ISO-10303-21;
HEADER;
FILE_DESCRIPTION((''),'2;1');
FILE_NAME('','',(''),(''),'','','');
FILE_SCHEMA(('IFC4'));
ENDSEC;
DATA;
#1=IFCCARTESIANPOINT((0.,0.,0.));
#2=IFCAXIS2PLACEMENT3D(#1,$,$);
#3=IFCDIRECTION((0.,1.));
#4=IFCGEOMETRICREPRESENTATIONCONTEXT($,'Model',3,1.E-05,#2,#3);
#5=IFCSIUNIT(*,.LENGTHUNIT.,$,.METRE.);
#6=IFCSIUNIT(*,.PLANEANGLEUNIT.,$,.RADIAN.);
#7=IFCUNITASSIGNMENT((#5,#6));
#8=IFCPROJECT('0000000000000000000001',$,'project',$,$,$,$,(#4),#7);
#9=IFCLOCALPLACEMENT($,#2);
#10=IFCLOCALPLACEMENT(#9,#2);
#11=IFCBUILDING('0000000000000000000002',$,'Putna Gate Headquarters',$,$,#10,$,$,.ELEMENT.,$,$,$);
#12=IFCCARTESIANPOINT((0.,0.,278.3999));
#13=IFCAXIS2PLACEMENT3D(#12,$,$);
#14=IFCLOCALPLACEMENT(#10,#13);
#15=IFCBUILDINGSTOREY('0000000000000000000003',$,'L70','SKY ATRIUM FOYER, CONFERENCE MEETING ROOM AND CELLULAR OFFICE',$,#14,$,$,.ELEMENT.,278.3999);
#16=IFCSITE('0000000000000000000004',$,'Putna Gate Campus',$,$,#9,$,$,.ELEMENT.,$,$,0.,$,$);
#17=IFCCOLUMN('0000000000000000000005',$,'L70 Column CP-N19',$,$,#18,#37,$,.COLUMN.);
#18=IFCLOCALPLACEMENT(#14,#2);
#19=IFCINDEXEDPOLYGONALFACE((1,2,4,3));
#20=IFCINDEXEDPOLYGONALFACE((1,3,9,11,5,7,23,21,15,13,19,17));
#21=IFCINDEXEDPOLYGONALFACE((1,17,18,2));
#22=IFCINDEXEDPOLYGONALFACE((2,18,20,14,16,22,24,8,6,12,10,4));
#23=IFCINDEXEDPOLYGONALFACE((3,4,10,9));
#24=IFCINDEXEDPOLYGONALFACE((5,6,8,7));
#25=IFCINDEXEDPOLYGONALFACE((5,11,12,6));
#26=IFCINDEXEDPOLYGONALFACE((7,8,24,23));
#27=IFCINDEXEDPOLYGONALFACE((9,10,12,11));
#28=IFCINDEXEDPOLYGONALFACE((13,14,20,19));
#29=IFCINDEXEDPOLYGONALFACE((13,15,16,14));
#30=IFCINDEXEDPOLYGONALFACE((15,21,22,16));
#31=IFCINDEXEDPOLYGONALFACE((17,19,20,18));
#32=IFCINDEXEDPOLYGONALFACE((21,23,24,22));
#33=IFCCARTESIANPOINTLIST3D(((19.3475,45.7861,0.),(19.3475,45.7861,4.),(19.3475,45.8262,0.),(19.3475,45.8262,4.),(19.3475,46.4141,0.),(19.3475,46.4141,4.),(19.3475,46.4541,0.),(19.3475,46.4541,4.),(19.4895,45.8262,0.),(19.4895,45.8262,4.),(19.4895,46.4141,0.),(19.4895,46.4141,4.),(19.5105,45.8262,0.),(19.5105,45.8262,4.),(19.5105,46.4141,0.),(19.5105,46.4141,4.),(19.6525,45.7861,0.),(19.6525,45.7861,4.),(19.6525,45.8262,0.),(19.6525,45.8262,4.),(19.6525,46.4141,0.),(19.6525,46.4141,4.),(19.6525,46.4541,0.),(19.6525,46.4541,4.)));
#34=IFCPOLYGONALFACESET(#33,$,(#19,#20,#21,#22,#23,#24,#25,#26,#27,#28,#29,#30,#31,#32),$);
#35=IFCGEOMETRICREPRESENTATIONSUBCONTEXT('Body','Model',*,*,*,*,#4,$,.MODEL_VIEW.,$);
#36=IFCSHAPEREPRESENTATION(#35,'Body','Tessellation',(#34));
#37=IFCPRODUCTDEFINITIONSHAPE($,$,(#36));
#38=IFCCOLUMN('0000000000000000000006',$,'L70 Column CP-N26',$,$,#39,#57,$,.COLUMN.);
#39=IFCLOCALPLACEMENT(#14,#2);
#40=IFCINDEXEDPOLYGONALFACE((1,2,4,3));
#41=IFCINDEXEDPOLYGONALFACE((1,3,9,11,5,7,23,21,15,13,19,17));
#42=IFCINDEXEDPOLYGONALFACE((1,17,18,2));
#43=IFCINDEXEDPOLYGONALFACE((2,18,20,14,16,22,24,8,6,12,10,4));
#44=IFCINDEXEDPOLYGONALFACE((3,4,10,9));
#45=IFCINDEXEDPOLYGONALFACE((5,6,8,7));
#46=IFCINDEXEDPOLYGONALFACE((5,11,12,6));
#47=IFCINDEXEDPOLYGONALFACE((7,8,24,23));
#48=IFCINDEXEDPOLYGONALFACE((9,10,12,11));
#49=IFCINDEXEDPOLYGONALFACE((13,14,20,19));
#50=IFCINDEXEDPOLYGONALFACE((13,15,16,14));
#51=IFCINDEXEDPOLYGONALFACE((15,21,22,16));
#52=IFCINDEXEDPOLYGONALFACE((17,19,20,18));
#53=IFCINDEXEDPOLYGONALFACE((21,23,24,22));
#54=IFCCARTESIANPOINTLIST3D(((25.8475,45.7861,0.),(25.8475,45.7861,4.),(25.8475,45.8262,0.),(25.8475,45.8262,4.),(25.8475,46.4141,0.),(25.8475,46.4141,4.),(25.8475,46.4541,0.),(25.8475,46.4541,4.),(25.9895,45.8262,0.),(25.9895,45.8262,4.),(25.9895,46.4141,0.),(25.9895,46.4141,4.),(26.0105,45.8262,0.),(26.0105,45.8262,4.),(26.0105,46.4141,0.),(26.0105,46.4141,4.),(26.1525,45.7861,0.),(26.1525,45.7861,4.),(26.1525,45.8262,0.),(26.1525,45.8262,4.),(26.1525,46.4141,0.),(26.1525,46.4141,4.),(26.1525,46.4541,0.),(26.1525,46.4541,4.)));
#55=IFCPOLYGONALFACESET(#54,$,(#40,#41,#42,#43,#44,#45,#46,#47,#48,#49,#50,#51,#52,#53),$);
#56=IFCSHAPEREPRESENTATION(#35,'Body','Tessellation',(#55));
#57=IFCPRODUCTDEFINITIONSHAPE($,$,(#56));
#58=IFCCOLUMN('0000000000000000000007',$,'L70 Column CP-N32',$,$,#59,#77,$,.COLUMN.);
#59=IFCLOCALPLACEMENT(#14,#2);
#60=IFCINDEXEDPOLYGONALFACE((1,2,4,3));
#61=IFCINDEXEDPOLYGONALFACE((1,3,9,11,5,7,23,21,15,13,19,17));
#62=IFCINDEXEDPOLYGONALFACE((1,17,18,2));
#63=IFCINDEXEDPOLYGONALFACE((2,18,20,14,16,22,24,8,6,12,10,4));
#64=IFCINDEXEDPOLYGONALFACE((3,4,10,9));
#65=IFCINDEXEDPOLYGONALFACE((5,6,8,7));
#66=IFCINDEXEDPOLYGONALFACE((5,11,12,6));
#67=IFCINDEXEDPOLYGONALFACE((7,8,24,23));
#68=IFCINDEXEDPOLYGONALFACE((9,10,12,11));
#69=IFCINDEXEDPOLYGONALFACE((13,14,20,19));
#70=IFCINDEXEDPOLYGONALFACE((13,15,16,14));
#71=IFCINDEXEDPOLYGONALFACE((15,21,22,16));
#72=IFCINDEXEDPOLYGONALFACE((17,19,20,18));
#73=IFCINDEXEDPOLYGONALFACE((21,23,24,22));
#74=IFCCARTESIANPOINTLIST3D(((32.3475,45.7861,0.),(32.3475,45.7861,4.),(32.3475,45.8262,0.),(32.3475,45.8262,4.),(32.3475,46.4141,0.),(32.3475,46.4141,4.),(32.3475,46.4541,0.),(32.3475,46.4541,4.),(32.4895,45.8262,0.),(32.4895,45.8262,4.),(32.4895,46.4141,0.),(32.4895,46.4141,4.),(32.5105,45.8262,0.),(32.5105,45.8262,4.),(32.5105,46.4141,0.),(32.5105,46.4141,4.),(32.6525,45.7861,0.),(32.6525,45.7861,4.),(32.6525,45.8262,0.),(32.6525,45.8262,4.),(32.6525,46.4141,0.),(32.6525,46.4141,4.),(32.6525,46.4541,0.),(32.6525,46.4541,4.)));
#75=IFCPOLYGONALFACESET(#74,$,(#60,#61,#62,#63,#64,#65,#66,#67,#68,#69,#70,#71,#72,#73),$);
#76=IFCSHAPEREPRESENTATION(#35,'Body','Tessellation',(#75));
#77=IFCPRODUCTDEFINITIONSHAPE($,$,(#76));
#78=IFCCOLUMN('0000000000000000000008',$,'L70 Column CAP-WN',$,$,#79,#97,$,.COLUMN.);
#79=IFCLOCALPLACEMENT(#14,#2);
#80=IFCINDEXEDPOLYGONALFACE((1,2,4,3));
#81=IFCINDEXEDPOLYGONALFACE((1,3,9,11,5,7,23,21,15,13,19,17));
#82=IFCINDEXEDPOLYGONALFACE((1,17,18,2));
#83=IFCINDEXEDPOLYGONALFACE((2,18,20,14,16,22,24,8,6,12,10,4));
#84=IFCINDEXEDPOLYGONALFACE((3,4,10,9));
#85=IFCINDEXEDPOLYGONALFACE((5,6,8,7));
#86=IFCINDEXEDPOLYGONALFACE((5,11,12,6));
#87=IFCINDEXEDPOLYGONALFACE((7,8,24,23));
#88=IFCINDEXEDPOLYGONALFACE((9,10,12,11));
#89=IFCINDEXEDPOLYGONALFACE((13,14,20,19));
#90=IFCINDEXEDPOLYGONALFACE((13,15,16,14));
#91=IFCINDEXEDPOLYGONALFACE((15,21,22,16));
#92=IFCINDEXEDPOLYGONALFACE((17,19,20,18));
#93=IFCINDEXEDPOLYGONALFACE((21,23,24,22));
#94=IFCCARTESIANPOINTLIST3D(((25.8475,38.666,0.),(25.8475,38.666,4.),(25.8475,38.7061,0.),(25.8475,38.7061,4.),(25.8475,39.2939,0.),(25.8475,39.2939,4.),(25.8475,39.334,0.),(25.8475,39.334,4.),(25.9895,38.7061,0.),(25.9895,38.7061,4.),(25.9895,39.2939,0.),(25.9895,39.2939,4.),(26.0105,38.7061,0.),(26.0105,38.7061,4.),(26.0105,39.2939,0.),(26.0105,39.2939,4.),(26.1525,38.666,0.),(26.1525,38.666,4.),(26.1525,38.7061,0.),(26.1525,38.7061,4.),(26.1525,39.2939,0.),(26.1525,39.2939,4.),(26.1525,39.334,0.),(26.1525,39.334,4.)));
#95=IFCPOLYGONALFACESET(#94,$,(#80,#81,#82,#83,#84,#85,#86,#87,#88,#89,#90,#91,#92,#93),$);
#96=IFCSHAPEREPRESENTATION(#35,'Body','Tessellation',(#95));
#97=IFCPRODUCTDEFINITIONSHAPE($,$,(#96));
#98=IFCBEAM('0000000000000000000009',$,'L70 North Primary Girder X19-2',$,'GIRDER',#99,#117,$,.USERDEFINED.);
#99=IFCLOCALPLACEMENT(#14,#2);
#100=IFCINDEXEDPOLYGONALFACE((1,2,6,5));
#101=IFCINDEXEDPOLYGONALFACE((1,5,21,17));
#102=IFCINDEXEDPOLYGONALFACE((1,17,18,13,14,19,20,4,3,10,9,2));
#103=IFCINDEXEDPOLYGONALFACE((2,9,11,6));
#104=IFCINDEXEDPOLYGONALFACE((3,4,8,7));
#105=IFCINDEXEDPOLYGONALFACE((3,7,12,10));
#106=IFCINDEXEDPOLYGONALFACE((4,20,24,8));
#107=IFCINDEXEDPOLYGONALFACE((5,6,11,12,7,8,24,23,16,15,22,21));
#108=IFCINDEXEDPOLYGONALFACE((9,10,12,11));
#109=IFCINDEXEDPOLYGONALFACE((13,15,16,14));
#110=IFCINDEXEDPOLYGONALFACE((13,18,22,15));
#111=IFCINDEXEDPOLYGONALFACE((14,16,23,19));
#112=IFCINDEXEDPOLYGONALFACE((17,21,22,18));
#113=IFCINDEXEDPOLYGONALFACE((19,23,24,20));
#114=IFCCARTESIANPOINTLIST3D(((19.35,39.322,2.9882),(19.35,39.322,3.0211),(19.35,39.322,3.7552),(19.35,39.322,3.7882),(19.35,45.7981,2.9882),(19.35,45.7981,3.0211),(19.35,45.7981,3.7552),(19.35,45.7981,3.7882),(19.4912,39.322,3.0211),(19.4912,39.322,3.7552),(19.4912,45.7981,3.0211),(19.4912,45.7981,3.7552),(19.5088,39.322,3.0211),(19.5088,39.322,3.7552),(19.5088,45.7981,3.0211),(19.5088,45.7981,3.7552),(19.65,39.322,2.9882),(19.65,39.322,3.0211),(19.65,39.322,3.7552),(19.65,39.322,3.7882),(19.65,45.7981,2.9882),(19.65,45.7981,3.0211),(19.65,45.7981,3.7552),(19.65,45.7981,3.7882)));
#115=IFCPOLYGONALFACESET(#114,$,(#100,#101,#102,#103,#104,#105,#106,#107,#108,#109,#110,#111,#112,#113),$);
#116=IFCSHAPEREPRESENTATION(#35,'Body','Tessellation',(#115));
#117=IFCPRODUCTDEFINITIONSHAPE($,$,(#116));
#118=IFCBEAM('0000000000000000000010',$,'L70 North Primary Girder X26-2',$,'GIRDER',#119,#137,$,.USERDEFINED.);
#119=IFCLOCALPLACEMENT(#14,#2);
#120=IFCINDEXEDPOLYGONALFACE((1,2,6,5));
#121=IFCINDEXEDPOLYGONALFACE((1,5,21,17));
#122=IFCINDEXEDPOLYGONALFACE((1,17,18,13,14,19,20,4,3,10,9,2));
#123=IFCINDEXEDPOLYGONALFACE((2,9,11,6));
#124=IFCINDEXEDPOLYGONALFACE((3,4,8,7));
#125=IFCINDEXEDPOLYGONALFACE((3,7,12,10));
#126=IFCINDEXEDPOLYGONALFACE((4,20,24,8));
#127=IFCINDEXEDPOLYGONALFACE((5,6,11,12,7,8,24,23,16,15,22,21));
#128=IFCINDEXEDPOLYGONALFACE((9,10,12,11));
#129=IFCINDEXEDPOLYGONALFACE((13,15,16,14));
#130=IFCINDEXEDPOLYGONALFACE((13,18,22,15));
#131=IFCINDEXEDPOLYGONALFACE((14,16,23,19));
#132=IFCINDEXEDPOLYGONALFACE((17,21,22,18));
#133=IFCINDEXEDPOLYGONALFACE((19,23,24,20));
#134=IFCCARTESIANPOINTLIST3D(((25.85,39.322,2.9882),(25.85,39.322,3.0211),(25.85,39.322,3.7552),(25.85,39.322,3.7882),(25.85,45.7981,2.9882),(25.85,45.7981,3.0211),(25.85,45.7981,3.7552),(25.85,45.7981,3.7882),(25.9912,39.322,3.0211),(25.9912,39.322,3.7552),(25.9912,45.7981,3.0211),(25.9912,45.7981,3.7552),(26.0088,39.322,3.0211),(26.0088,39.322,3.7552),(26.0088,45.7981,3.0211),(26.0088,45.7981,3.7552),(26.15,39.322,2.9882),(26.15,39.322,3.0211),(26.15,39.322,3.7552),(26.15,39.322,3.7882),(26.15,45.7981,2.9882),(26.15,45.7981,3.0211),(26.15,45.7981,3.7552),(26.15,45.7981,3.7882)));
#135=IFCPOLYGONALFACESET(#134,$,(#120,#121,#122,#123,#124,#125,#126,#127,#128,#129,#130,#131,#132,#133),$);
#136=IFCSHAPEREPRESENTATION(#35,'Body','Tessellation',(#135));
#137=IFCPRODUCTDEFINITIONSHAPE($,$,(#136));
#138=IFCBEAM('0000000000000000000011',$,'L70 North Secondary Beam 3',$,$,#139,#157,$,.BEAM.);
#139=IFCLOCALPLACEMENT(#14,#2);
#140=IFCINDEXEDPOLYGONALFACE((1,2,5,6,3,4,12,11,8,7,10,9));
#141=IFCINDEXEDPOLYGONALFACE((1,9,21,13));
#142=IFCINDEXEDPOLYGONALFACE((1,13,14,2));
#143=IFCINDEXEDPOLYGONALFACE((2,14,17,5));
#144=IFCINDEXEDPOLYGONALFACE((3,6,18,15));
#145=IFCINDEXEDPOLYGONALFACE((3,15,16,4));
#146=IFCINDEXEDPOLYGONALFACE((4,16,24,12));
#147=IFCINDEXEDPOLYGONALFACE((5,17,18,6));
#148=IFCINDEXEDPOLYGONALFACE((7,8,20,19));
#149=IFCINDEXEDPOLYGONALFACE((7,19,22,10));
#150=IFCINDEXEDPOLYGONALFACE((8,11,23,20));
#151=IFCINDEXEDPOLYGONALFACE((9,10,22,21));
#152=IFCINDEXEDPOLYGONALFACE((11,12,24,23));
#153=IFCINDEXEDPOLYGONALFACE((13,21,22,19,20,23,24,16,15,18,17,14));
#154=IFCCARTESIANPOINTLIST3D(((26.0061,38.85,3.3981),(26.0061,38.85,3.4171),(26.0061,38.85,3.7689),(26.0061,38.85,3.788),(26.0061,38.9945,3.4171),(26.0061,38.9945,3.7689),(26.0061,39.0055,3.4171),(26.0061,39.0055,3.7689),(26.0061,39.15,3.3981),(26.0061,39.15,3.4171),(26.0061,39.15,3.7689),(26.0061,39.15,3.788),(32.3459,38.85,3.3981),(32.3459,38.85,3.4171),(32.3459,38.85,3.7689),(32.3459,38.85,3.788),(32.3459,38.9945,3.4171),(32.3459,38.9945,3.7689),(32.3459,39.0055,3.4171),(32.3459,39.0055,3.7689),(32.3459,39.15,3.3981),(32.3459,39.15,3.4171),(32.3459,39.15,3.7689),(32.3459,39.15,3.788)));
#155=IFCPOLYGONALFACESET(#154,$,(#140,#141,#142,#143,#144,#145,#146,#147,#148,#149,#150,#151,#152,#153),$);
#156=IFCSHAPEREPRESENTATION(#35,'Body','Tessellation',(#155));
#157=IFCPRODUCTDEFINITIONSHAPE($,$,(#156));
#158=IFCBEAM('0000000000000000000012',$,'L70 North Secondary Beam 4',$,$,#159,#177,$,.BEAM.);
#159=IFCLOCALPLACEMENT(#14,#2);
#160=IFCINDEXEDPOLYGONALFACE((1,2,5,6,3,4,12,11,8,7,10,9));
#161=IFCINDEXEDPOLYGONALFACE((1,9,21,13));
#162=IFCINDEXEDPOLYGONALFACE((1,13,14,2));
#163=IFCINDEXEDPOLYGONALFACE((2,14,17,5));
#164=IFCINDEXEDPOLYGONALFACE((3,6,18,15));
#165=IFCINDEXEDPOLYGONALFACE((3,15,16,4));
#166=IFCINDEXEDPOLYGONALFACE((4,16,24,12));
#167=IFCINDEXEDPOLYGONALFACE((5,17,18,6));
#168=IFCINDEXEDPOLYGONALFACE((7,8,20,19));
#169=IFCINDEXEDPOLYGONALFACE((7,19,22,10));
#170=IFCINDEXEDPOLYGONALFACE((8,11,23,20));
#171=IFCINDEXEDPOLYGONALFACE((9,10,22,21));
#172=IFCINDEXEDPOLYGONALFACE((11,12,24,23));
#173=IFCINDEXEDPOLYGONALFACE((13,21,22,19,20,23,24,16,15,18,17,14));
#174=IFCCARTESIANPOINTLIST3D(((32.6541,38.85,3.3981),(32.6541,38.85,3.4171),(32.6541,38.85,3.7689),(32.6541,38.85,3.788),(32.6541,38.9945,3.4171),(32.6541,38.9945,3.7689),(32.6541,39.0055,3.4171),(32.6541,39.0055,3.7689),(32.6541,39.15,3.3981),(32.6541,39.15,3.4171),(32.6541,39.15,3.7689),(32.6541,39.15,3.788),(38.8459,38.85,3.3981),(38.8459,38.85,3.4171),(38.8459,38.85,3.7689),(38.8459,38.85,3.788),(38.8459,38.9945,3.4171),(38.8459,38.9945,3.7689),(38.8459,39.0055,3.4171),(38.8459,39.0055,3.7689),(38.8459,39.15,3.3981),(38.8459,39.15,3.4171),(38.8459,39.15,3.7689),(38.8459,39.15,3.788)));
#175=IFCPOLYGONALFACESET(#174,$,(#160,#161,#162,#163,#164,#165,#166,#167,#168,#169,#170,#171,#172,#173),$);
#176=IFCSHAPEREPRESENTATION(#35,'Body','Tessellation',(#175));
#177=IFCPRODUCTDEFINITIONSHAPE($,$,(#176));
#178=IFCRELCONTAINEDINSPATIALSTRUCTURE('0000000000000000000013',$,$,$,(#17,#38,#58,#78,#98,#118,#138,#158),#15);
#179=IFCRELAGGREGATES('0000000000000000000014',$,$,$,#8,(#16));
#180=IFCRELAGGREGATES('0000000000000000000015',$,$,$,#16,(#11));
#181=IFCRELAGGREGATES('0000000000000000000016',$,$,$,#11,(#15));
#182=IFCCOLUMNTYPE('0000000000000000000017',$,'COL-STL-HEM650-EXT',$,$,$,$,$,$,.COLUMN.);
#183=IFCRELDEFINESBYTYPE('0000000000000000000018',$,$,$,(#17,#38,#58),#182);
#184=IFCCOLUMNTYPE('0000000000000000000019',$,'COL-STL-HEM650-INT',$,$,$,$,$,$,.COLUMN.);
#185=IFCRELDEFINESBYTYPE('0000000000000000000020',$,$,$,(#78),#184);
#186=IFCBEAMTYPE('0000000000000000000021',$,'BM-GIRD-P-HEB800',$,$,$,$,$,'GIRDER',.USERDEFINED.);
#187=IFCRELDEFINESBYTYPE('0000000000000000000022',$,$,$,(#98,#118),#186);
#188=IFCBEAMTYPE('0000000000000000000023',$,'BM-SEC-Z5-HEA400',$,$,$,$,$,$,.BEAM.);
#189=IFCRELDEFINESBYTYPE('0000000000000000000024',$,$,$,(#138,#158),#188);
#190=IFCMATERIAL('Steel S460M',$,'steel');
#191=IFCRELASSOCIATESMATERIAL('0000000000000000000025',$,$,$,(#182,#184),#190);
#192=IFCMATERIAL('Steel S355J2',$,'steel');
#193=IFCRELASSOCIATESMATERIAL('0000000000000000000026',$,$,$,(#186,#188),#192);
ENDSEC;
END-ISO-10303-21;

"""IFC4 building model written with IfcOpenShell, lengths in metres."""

from ifc_helpers import new_model, si_unit, direction, frame, origin, origin_2d, place, context, subcontext, project, spatial, i_section, extrude, material, material_profile, profile_set, type_object, element, save


model = new_model("IFC4")

# Units and contexts
model_context = context("Model", 3, precision=1e-05, world=origin(), true_north=direction((0.0, 1.0)))
body_context = subcontext(model_context, "Body", "Model", "MODEL_VIEW")
ifc_project = project(units=[si_unit("LENGTHUNIT", "METRE"), si_unit("PLANEANGLEUNIT", "RADIAN")], contexts=[model_context])

# Site, building, storey
site_placement = place(None, origin())
site = spatial("IfcSite", under=ifc_project, at=site_placement, Name="Putna Gate Campus", CompositionType="ELEMENT", RefElevation=0.0)
building_placement = place(site_placement, origin())
building = spatial("IfcBuilding", under=site, at=building_placement, Name="Putna Gate Headquarters", CompositionType="ELEMENT")
storey_placement = place(building_placement, frame((0.0, 0.0, 278.3999)))
storey = spatial("IfcBuildingStorey", under=building, at=storey_placement, Name="L70", Description="SKY ATRIUM FOYER, CONFERENCE MEETING ROOM AND CELLULAR OFFICE", CompositionType="ELEMENT", Elevation=278.3999)

# Columns
ifc_material_1 = material(Name="Steel S460M", Category="steel")
ifc_material_profile_1 = material_profile(ifc_material_1, i_section(OverallWidth=0.3049, OverallDepth=0.668, WebThickness=0.021, FlangeThickness=0.04, at=origin_2d()), Name="Steel S460M")
ifc_profile_set_1 = profile_set([ifc_material_profile_1], Name="Steel S460M")
column_type_1 = type_object("IfcColumnType", Name="COL-STL-HEM650-EXT", PredefinedType="COLUMN", material=ifc_profile_set_1)
for number, where, z_axis, x_axis, name in (
    (1, (19.5, 46.1201, 0.0), (0.0, 0.0, 1.0), (1.0, 0.0, 0.0), "L70 Column CP-N19"),
    (2, (26.0, 46.1201, 0.0), (0.0, 0.0, 1.0), (1.0, 0.0, 0.0), "L70 Column CP-N26"),
    (3, (32.5, 46.1201, 0.0), (0.0, 0.0, 1.0), (1.0, 0.0, 0.0), "L70 Column CP-N32"),
):
    element("IfcColumn", number, at=place(storey_placement, frame(where, z_axis=z_axis, x_axis=x_axis)), inside=storey, type_object=column_type_1, Name=name, PredefinedType="COLUMN", context=body_context, shape_type="SweptSolid", body=[
        extrude(i_section(OverallWidth=0.3049, OverallDepth=0.668, WebThickness=0.021, FlangeThickness=0.04, at=origin_2d()), origin(), (0.0, 0.0, 1.0), 4.0),
    ])
ifc_material_profile_2 = material_profile(ifc_material_1, i_section(OverallWidth=0.3049, OverallDepth=0.668, WebThickness=0.021, FlangeThickness=0.04, at=origin_2d()), Name="Steel S460M")
ifc_profile_set_2 = profile_set([ifc_material_profile_2], Name="Steel S460M")
column_type_2 = type_object("IfcColumnType", Name="COL-STL-HEM650-INT", PredefinedType="COLUMN", material=ifc_profile_set_2)
column_placement = place(storey_placement, frame((26.0, 39.0, 0.0), z_axis=(0.0, 0.0, 1.0), x_axis=(1.0, 0.0, 0.0)))
element("IfcColumn", 4, at=column_placement, inside=storey, type_object=column_type_2, Name="L70 Column CAP-WN", PredefinedType="COLUMN", context=body_context, shape_type="SweptSolid", body=[
    extrude(i_section(OverallWidth=0.3049, OverallDepth=0.668, WebThickness=0.021, FlangeThickness=0.04, at=origin_2d()), origin(), (0.0, 0.0, 1.0), 4.0),
])

# Beams
ifc_material_2 = material(Name="Steel S355J2", Category="steel")
ifc_material_profile_3 = material_profile(ifc_material_2, i_section(OverallWidth=0.3, OverallDepth=0.8, WebThickness=0.0176, FlangeThickness=0.033, at=origin_2d()), Name="Steel S355J2")
ifc_profile_set_3 = profile_set([ifc_material_profile_3], Name="Steel S355J2")
beam_type_1 = type_object("IfcBeamType", Name="BM-GIRD-P-HEB800", ElementType="GIRDER", PredefinedType="USERDEFINED", material=ifc_profile_set_3)
for number, where, z_axis, x_axis, name in (
    (5, (19.5, 39.322, 3.3882), (0.0, 1.0, 0.0), (-1.0, 0.0, 0.0), "L70 North Primary Girder X19-2"),
    (6, (26.0, 39.322, 3.3882), (0.0, 1.0, 0.0), (-1.0, 0.0, 0.0), "L70 North Primary Girder X26-2"),
):
    element("IfcBeam", number, at=place(storey_placement, frame(where, z_axis=z_axis, x_axis=x_axis)), inside=storey, type_object=beam_type_1, Name=name, ObjectType="GIRDER", PredefinedType="USERDEFINED", context=body_context, shape_type="SweptSolid", body=[
        extrude(i_section(OverallWidth=0.3, OverallDepth=0.8, WebThickness=0.0176, FlangeThickness=0.033, at=origin_2d()), origin(), (0.0, 0.0, 1.0), 6.4761),
    ])
ifc_material_profile_4 = material_profile(ifc_material_2, i_section(OverallWidth=0.3, OverallDepth=0.3899, WebThickness=0.011, FlangeThickness=0.019, at=origin_2d()), Name="Steel S355J2")
ifc_profile_set_4 = profile_set([ifc_material_profile_4], Name="Steel S355J2")
beam_type_2 = type_object("IfcBeamType", Name="BM-SEC-Z5-HEA400", PredefinedType="BEAM", material=ifc_profile_set_4)
beam_1_placement = place(storey_placement, frame((26.0061, 39.0, 3.593), z_axis=(1.0, 0.0, 0.0), x_axis=(0.0, 1.0, 0.0)))
element("IfcBeam", 7, at=beam_1_placement, inside=storey, type_object=beam_type_2, Name="L70 North Secondary Beam 3", PredefinedType="BEAM", context=body_context, shape_type="SweptSolid", body=[
    extrude(i_section(OverallWidth=0.3, OverallDepth=0.3899, WebThickness=0.011, FlangeThickness=0.019, at=origin_2d()), origin(), (0.0, 0.0, 1.0), 6.3398),
])
beam_2_placement = place(storey_placement, frame((32.6541, 39.0, 3.593), z_axis=(1.0, 0.0, 0.0), x_axis=(0.0, 1.0, 0.0)))
element("IfcBeam", 8, at=beam_2_placement, inside=storey, type_object=beam_type_2, Name="L70 North Secondary Beam 4", PredefinedType="BEAM", context=body_context, shape_type="SweptSolid", body=[
    extrude(i_section(OverallWidth=0.3, OverallDepth=0.3899, WebThickness=0.011, FlangeThickness=0.019, at=origin_2d()), origin(), (0.0, 0.0, 1.0), 6.1919),
])

save(model, "model.ifc")
